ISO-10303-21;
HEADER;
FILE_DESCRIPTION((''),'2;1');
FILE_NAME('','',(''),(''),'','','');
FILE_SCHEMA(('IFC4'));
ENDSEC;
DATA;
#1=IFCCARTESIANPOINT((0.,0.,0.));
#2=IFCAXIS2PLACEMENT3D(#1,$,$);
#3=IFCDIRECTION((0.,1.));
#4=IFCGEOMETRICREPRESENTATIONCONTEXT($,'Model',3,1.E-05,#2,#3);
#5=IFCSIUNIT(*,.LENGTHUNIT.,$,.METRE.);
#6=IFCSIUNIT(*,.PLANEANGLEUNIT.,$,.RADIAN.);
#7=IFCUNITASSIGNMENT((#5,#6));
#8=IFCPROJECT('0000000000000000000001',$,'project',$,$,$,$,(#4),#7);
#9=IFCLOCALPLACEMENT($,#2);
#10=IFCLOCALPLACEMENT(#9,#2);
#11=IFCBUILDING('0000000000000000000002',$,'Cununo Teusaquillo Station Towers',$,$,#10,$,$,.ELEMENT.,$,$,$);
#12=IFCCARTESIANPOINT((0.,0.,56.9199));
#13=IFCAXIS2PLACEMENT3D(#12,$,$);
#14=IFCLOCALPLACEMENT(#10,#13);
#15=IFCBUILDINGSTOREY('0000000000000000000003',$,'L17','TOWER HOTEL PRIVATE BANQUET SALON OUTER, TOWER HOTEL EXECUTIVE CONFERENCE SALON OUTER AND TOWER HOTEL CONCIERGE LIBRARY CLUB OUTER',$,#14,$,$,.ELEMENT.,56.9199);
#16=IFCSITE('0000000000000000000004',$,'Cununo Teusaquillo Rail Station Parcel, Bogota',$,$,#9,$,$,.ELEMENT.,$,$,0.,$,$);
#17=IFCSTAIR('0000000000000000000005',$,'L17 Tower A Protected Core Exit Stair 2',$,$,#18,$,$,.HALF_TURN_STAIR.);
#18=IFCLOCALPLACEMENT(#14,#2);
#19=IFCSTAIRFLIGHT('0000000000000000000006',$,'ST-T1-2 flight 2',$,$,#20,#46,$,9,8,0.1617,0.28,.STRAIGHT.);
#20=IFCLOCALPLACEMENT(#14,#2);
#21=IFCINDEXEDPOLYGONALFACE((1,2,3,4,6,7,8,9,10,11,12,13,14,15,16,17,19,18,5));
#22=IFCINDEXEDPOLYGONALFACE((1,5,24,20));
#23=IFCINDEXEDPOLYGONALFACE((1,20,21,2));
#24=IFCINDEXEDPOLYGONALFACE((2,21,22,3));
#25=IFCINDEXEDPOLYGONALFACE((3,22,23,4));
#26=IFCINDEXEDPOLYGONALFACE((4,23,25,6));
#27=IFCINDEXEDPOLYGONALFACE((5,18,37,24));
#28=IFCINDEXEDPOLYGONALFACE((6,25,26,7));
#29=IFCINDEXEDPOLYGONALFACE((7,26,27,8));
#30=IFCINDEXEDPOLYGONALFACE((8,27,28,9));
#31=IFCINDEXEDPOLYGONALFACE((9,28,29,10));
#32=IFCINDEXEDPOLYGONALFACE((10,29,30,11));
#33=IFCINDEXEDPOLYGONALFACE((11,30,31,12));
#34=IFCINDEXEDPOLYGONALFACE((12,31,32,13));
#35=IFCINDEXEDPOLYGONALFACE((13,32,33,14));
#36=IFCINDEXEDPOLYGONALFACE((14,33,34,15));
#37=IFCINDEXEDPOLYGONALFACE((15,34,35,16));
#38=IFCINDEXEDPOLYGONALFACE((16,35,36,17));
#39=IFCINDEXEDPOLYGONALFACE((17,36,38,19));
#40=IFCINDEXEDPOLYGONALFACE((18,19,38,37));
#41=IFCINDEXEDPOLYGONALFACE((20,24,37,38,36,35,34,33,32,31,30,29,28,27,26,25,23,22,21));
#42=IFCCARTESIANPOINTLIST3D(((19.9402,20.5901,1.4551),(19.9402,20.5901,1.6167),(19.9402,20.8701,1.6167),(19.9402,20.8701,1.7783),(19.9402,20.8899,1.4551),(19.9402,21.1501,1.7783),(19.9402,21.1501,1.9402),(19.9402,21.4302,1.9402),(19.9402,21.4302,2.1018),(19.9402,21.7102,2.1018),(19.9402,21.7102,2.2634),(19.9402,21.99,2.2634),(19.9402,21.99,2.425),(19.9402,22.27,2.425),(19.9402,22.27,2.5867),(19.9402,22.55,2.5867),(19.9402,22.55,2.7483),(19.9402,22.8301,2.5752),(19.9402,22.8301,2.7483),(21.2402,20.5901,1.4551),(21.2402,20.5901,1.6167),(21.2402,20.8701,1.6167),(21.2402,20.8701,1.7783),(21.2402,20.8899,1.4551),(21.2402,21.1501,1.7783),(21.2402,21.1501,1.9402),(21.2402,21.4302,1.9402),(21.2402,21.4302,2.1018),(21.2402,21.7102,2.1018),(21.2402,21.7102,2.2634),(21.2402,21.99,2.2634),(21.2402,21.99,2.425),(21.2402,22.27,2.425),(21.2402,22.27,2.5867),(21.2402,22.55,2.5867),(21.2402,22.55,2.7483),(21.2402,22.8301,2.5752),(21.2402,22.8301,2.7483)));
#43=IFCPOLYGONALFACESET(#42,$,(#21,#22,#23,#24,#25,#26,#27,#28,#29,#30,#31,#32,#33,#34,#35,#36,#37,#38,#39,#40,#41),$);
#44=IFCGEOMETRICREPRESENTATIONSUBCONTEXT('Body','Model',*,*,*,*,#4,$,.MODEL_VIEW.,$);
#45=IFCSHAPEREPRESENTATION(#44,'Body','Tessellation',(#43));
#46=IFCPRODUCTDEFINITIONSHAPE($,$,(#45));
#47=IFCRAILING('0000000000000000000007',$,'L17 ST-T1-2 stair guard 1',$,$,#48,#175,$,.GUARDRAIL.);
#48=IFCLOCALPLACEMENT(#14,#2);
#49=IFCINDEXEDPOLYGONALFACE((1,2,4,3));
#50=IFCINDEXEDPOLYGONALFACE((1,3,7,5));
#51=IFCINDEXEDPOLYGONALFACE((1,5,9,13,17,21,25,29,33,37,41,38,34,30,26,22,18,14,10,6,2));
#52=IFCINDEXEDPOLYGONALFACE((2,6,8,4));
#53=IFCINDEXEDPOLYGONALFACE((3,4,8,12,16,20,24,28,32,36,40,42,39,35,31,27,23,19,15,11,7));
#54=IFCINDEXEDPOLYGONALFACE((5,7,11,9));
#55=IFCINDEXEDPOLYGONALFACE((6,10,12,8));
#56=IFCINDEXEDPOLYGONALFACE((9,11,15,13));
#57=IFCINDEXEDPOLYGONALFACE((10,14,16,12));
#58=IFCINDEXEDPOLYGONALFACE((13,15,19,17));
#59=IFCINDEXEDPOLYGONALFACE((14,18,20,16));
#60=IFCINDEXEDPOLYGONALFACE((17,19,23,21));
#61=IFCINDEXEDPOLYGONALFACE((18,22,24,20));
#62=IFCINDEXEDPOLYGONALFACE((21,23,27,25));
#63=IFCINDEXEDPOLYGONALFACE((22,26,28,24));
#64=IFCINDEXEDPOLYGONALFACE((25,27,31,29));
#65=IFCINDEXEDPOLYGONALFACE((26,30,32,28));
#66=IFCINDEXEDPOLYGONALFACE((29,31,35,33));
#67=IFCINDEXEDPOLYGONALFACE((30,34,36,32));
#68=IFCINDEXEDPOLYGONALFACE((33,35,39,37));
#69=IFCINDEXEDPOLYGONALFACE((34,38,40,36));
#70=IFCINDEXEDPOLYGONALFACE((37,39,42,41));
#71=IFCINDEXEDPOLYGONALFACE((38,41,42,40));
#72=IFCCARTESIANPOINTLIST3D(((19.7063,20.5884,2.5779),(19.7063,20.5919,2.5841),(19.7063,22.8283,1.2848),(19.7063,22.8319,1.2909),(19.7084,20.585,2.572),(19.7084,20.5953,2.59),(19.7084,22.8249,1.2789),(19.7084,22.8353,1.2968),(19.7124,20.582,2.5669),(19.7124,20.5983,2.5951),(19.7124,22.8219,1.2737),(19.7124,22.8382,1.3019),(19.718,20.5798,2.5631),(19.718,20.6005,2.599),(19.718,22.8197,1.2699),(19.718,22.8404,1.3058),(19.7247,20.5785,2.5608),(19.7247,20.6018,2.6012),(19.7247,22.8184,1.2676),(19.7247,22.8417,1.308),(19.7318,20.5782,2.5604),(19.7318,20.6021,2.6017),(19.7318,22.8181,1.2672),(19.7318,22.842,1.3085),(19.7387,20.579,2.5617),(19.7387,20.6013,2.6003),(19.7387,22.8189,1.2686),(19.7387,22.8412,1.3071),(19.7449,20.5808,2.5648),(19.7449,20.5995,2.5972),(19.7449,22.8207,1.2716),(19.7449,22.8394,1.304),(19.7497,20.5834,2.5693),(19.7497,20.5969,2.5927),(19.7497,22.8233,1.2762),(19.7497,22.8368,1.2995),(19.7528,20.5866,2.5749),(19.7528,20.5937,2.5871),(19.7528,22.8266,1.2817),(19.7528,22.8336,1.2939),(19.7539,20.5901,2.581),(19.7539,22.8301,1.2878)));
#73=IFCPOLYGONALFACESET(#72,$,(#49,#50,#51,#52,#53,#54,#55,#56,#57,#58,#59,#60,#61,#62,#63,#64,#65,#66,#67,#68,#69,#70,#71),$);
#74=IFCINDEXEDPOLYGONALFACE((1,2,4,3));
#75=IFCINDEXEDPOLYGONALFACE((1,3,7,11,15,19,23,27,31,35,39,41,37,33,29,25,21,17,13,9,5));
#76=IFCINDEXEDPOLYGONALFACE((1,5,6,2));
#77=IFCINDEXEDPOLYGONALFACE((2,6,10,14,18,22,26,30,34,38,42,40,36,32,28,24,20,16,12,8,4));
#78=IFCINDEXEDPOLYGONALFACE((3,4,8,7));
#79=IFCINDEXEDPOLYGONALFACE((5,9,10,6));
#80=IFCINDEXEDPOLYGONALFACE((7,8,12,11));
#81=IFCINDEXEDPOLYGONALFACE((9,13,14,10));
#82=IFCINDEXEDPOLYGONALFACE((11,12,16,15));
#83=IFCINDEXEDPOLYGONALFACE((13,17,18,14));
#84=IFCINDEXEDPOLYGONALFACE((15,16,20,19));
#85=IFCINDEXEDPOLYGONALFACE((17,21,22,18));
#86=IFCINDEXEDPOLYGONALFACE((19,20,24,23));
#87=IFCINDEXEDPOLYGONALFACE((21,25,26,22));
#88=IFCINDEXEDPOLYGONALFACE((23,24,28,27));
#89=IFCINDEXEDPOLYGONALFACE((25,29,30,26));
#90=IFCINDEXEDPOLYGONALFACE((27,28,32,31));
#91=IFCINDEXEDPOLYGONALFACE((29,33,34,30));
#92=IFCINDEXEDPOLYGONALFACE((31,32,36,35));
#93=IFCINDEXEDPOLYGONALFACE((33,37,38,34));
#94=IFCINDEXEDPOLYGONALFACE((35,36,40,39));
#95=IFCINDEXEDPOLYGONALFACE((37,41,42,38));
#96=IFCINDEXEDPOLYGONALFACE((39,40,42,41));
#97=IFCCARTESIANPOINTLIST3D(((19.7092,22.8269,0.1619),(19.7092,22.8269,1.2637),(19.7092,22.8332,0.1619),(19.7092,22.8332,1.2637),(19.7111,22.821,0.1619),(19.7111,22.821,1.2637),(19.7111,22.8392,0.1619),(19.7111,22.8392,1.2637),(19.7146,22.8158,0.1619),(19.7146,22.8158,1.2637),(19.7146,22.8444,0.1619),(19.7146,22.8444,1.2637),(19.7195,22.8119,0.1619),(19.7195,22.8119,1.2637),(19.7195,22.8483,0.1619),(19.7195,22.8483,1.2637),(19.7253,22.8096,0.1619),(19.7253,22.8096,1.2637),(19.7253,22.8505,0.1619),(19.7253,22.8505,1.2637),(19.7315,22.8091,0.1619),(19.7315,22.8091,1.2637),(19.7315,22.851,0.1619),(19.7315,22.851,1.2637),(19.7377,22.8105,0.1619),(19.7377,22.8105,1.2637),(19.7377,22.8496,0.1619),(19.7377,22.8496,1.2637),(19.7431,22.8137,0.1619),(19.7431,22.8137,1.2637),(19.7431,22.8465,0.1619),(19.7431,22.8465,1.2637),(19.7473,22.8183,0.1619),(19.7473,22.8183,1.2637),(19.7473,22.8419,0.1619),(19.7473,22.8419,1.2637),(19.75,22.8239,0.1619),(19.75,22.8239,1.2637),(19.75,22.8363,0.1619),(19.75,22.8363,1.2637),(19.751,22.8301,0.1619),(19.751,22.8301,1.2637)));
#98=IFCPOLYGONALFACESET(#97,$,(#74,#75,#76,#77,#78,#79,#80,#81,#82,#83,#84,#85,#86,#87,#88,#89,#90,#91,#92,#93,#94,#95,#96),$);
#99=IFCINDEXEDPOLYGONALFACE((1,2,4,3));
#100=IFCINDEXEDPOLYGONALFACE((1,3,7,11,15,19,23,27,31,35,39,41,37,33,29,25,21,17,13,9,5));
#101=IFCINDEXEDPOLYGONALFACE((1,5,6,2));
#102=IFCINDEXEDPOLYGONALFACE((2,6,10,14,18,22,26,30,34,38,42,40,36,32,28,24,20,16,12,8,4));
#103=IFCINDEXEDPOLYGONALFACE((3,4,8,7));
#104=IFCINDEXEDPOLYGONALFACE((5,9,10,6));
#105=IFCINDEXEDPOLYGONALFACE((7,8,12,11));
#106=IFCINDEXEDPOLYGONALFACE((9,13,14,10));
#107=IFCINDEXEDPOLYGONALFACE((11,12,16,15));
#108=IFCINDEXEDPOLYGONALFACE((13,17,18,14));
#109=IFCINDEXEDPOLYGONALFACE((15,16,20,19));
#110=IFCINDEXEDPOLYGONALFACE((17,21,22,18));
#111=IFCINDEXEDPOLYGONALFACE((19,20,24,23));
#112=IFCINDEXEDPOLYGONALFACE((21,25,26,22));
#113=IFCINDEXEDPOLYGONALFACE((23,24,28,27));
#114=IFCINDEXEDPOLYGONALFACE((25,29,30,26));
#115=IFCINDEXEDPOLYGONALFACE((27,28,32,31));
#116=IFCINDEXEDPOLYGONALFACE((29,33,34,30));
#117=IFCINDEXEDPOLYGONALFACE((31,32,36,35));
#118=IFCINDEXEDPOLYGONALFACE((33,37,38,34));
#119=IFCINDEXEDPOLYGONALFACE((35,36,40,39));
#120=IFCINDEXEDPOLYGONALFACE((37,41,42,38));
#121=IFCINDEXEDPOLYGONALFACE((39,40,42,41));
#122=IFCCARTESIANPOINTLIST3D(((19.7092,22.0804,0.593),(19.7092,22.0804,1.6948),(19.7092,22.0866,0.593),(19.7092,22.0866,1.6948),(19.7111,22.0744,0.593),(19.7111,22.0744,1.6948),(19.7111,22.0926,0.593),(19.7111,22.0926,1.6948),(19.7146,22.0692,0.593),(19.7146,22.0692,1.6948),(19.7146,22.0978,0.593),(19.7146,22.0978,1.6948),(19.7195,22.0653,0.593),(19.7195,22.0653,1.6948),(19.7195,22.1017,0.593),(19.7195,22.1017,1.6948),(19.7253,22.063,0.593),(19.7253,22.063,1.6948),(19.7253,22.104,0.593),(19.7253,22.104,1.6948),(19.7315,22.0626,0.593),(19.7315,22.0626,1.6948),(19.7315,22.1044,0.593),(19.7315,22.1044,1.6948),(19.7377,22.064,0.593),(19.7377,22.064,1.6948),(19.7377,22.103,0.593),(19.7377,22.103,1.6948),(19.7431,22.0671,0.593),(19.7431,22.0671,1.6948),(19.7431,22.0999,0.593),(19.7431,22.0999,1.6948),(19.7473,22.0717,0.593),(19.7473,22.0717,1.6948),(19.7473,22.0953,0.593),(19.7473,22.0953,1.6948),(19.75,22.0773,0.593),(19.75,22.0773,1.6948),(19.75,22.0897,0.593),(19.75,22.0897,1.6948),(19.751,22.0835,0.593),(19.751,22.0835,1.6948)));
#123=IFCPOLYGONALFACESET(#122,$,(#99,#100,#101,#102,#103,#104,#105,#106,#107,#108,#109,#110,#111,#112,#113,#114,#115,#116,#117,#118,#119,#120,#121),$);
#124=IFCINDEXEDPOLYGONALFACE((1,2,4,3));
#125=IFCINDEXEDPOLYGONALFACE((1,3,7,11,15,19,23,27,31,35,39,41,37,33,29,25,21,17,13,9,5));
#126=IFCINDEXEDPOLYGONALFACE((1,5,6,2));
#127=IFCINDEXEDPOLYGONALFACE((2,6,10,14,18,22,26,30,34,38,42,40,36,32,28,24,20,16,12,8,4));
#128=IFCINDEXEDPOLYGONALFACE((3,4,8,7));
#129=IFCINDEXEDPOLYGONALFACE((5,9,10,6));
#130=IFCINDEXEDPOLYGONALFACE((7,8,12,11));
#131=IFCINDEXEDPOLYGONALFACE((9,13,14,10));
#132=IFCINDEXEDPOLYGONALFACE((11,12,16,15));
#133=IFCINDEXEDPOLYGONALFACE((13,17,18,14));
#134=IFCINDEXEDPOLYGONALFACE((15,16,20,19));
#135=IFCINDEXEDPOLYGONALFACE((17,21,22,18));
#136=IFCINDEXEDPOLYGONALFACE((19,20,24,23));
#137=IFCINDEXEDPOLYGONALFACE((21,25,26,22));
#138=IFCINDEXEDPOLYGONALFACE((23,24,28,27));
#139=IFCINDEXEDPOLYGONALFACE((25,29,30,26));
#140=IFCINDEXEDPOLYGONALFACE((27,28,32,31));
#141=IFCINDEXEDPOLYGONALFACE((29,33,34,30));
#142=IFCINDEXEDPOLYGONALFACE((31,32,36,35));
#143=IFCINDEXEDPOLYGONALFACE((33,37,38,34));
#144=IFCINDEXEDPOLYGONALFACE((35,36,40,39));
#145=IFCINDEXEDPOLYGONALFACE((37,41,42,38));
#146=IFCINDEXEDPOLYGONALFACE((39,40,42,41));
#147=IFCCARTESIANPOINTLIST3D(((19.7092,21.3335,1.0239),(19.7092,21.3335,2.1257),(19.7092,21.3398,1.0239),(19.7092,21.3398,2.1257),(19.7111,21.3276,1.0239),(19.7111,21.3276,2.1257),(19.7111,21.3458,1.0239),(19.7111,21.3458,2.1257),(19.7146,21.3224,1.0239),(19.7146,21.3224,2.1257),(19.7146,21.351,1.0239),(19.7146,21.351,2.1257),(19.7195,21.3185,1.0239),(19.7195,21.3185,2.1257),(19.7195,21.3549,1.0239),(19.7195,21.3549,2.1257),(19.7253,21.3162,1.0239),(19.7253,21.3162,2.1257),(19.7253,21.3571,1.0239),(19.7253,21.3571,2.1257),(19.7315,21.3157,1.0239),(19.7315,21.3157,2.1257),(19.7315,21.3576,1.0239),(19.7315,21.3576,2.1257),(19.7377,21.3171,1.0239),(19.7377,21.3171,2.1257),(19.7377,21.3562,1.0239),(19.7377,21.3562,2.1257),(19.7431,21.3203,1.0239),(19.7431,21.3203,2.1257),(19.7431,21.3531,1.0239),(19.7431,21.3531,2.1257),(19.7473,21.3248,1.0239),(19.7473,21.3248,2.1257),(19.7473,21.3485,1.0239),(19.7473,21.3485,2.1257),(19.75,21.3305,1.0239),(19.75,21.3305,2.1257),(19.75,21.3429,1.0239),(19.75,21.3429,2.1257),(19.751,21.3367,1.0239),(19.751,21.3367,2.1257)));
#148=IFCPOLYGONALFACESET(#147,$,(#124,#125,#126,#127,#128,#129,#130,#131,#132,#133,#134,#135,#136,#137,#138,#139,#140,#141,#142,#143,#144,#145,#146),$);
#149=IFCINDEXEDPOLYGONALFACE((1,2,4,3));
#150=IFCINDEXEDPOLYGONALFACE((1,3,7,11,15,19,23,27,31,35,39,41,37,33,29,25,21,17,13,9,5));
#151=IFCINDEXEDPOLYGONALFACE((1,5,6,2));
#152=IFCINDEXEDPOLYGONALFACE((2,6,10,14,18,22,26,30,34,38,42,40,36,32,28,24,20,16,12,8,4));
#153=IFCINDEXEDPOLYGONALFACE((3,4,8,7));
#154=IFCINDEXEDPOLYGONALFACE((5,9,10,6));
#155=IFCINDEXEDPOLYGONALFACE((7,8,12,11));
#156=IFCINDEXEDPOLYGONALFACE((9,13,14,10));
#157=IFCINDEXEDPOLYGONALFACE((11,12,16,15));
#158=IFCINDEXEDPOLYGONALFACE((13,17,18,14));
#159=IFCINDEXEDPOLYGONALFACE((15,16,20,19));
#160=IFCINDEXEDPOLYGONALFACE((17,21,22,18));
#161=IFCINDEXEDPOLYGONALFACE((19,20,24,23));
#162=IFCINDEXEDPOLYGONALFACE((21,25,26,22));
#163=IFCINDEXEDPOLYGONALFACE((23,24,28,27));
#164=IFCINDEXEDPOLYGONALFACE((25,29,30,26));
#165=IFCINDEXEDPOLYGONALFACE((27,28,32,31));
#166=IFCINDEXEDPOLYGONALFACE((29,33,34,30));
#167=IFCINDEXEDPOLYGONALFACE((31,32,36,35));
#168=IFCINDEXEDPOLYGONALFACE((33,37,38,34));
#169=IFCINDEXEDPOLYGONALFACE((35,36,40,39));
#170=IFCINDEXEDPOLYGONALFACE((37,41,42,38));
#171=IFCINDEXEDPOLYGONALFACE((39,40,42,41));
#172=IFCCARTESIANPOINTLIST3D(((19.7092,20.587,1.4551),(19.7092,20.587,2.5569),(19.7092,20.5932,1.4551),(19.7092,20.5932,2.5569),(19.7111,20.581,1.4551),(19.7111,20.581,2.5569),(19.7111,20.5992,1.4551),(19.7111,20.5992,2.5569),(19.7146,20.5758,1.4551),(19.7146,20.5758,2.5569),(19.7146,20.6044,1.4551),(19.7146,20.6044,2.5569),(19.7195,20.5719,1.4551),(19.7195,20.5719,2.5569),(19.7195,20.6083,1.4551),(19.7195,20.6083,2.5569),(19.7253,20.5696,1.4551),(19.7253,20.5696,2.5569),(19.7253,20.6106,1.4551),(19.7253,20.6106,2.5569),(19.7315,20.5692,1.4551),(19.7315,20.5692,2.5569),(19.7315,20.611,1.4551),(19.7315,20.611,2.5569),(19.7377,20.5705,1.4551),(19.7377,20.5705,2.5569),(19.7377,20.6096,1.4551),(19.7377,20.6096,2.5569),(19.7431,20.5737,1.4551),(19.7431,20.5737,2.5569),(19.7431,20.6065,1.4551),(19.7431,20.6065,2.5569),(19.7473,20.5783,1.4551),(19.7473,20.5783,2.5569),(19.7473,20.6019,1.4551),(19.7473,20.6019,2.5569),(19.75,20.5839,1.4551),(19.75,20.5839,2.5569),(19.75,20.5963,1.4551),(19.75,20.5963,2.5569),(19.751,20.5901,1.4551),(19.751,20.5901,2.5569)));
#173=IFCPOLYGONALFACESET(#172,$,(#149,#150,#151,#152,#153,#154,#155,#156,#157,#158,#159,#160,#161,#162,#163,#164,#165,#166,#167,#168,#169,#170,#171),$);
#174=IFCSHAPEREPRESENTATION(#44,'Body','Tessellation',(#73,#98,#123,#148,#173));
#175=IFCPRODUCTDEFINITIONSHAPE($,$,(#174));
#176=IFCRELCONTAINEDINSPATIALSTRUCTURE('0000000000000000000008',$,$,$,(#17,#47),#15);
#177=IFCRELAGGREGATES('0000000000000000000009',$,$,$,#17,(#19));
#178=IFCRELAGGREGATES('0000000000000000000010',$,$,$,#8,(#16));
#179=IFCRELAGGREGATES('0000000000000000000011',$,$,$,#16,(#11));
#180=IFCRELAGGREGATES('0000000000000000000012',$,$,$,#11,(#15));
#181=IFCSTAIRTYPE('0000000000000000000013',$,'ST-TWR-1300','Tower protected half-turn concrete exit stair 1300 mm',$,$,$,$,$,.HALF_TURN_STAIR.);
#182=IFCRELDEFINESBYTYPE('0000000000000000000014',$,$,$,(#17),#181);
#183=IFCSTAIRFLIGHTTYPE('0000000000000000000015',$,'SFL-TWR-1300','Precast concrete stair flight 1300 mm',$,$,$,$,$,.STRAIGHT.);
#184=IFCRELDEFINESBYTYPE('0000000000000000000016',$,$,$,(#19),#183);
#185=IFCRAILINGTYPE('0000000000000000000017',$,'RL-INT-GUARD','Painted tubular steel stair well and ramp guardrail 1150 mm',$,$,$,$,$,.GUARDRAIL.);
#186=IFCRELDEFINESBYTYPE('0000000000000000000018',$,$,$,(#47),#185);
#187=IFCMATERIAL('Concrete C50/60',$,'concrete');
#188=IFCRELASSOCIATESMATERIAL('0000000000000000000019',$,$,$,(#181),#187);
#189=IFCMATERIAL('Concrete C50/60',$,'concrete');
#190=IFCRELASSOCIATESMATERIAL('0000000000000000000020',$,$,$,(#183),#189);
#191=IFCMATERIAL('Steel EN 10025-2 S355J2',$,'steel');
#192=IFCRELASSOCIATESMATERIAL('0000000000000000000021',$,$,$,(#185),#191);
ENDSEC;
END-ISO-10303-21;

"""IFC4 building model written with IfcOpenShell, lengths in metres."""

from ifc_helpers import new_model, si_unit, direction, frame, origin, origin_2d, place, context, subcontext, project, spatial, polyline, circle, outline, extrude, material, type_object, element, aggregate, save


model = new_model("IFC4")

# Units and contexts
model_context = context("Model", 3, precision=1e-05, world=origin(), true_north=direction((0.0, 1.0)))
body_context = subcontext(model_context, "Body", "Model", "MODEL_VIEW")
ifc_project = project(units=[si_unit("LENGTHUNIT", "METRE"), si_unit("PLANEANGLEUNIT", "RADIAN")], contexts=[model_context])

# Site, building, storey
site_placement = place(None, origin())
site = spatial("IfcSite", under=ifc_project, at=site_placement, Name="Cununo Teusaquillo Rail Station Parcel, Bogota", CompositionType="ELEMENT", RefElevation=0.0)
building_placement = place(site_placement, origin())
building = spatial("IfcBuilding", under=site, at=building_placement, Name="Cununo Teusaquillo Station Towers", CompositionType="ELEMENT")
storey_placement = place(building_placement, frame((0.0, 0.0, 56.9199)))
storey = spatial("IfcBuildingStorey", under=building, at=storey_placement, Name="L17", Description="TOWER HOTEL PRIVATE BANQUET SALON OUTER, TOWER HOTEL EXECUTIVE CONFERENCE SALON OUTER AND TOWER HOTEL CONCIERGE LIBRARY CLUB OUTER", CompositionType="ELEMENT", Elevation=56.9199)

# Stair, stair flight
ifc_material_1 = material(Name="Concrete C50/60", Category="concrete")
stair_type = type_object("IfcStairType", Name="ST-TWR-1300", Description="Tower protected half-turn concrete exit stair 1300 mm", PredefinedType="HALF_TURN_STAIR", material=ifc_material_1)
stair_placement = place(storey_placement, origin())
stair = element("IfcStair", 1, at=stair_placement, inside=storey, type_object=stair_type, Name="L17 Tower A Protected Core Exit Stair 2", PredefinedType="HALF_TURN_STAIR")
ifc_material_2 = material(Name="Concrete C50/60", Category="concrete")
stair_flight_type = type_object("IfcStairFlightType", Name="SFL-TWR-1300", Description="Precast concrete stair flight 1300 mm", PredefinedType="STRAIGHT", material=ifc_material_2)
stair_flight_1_placement = place(storey_placement, frame((20.5901, 20.5901, 1.4551), z_axis=(0.0, 0.0, 1.0), x_axis=(0.0, 1.0, 0.0)))
stair_flight_1 = element("IfcStairFlight", 2, at=stair_flight_1_placement, type_object=stair_flight_type, Name="ST-T1-2 flight 2", NumberOfRisers=9, NumberOfTreads=8, PredefinedType="STRAIGHT", RiserHeight=0.1617, TreadLength=0.28, context=body_context, shape_type="SweptSolid", body=[
    extrude(outline(polyline([(0.0, 0.0), (0.0, 0.1616), (0.28, 0.1616), (0.28, 0.3232), (0.5601, 0.3232), (0.5601, 0.4851), (0.8401, 0.4851), (0.8401, 0.6467), (1.1201, 0.6467), (1.1201, 0.8083), (1.3999, 0.8083), (1.3999, 0.97), (1.6799, 0.97), (1.6799, 1.1316), (1.96, 1.1316), (1.96, 1.2932), (2.24, 1.2932), (2.24, 1.4551), (2.24, 1.1201), (0.2998, 0.0), (0.0, 0.0)])), frame((0.0, 0.6499, 0.0), z_axis=(0.0, -1.0, 0.0), x_axis=(1.0, 0.0, 0.0)), (0.0, 0.0, 1.0), 1.3),
])
aggregate(stair, [stair_flight_1])

# Railing
ifc_material_3 = material(Name="Steel EN 10025-2 S355J2", Category="steel")
railing_type_1 = type_object("IfcRailingType", Name="RL-INT-GUARD", Description="Painted tubular steel stair well and ramp guardrail 1150 mm", PredefinedType="GUARDRAIL", material=ifc_material_3)
railing_1_placement = place(storey_placement, frame((19.73, 22.8301, 0.1619)))
element("IfcRailing", 3, at=railing_1_placement, inside=storey, type_object=railing_type_1, Name="L17 ST-T1-2 stair guard 1", PredefinedType="GUARDRAIL", context=body_context, shape_type="SweptSolid", body=[
    extrude(circle(Radius=0.0239, at=origin_2d()), frame((0.0, 0.0, 1.126), z_axis=(0.0, -0.866033, 0.499987), x_axis=(1.0, 0.0, 0.0)), (0.0, 0.0, 1.0), 2.5864),
    extrude(circle(Radius=0.021, at=origin_2d()), origin(), (0.0, 0.0, 1.0), 1.1018),
    extrude(circle(Radius=0.021, at=origin_2d()), frame((0.0, -0.7466, 0.4312)), (0.0, 0.0, 1.0), 1.1018),
    extrude(circle(Radius=0.021, at=origin_2d()), frame((0.0, -1.4934, 0.8621)), (0.0, 0.0, 1.0), 1.1018),
    extrude(circle(Radius=0.021, at=origin_2d()), frame((0.0, -2.24, 1.2932)), (0.0, 0.0, 1.0), 1.1018),
])

save(model, "model.ifc")
